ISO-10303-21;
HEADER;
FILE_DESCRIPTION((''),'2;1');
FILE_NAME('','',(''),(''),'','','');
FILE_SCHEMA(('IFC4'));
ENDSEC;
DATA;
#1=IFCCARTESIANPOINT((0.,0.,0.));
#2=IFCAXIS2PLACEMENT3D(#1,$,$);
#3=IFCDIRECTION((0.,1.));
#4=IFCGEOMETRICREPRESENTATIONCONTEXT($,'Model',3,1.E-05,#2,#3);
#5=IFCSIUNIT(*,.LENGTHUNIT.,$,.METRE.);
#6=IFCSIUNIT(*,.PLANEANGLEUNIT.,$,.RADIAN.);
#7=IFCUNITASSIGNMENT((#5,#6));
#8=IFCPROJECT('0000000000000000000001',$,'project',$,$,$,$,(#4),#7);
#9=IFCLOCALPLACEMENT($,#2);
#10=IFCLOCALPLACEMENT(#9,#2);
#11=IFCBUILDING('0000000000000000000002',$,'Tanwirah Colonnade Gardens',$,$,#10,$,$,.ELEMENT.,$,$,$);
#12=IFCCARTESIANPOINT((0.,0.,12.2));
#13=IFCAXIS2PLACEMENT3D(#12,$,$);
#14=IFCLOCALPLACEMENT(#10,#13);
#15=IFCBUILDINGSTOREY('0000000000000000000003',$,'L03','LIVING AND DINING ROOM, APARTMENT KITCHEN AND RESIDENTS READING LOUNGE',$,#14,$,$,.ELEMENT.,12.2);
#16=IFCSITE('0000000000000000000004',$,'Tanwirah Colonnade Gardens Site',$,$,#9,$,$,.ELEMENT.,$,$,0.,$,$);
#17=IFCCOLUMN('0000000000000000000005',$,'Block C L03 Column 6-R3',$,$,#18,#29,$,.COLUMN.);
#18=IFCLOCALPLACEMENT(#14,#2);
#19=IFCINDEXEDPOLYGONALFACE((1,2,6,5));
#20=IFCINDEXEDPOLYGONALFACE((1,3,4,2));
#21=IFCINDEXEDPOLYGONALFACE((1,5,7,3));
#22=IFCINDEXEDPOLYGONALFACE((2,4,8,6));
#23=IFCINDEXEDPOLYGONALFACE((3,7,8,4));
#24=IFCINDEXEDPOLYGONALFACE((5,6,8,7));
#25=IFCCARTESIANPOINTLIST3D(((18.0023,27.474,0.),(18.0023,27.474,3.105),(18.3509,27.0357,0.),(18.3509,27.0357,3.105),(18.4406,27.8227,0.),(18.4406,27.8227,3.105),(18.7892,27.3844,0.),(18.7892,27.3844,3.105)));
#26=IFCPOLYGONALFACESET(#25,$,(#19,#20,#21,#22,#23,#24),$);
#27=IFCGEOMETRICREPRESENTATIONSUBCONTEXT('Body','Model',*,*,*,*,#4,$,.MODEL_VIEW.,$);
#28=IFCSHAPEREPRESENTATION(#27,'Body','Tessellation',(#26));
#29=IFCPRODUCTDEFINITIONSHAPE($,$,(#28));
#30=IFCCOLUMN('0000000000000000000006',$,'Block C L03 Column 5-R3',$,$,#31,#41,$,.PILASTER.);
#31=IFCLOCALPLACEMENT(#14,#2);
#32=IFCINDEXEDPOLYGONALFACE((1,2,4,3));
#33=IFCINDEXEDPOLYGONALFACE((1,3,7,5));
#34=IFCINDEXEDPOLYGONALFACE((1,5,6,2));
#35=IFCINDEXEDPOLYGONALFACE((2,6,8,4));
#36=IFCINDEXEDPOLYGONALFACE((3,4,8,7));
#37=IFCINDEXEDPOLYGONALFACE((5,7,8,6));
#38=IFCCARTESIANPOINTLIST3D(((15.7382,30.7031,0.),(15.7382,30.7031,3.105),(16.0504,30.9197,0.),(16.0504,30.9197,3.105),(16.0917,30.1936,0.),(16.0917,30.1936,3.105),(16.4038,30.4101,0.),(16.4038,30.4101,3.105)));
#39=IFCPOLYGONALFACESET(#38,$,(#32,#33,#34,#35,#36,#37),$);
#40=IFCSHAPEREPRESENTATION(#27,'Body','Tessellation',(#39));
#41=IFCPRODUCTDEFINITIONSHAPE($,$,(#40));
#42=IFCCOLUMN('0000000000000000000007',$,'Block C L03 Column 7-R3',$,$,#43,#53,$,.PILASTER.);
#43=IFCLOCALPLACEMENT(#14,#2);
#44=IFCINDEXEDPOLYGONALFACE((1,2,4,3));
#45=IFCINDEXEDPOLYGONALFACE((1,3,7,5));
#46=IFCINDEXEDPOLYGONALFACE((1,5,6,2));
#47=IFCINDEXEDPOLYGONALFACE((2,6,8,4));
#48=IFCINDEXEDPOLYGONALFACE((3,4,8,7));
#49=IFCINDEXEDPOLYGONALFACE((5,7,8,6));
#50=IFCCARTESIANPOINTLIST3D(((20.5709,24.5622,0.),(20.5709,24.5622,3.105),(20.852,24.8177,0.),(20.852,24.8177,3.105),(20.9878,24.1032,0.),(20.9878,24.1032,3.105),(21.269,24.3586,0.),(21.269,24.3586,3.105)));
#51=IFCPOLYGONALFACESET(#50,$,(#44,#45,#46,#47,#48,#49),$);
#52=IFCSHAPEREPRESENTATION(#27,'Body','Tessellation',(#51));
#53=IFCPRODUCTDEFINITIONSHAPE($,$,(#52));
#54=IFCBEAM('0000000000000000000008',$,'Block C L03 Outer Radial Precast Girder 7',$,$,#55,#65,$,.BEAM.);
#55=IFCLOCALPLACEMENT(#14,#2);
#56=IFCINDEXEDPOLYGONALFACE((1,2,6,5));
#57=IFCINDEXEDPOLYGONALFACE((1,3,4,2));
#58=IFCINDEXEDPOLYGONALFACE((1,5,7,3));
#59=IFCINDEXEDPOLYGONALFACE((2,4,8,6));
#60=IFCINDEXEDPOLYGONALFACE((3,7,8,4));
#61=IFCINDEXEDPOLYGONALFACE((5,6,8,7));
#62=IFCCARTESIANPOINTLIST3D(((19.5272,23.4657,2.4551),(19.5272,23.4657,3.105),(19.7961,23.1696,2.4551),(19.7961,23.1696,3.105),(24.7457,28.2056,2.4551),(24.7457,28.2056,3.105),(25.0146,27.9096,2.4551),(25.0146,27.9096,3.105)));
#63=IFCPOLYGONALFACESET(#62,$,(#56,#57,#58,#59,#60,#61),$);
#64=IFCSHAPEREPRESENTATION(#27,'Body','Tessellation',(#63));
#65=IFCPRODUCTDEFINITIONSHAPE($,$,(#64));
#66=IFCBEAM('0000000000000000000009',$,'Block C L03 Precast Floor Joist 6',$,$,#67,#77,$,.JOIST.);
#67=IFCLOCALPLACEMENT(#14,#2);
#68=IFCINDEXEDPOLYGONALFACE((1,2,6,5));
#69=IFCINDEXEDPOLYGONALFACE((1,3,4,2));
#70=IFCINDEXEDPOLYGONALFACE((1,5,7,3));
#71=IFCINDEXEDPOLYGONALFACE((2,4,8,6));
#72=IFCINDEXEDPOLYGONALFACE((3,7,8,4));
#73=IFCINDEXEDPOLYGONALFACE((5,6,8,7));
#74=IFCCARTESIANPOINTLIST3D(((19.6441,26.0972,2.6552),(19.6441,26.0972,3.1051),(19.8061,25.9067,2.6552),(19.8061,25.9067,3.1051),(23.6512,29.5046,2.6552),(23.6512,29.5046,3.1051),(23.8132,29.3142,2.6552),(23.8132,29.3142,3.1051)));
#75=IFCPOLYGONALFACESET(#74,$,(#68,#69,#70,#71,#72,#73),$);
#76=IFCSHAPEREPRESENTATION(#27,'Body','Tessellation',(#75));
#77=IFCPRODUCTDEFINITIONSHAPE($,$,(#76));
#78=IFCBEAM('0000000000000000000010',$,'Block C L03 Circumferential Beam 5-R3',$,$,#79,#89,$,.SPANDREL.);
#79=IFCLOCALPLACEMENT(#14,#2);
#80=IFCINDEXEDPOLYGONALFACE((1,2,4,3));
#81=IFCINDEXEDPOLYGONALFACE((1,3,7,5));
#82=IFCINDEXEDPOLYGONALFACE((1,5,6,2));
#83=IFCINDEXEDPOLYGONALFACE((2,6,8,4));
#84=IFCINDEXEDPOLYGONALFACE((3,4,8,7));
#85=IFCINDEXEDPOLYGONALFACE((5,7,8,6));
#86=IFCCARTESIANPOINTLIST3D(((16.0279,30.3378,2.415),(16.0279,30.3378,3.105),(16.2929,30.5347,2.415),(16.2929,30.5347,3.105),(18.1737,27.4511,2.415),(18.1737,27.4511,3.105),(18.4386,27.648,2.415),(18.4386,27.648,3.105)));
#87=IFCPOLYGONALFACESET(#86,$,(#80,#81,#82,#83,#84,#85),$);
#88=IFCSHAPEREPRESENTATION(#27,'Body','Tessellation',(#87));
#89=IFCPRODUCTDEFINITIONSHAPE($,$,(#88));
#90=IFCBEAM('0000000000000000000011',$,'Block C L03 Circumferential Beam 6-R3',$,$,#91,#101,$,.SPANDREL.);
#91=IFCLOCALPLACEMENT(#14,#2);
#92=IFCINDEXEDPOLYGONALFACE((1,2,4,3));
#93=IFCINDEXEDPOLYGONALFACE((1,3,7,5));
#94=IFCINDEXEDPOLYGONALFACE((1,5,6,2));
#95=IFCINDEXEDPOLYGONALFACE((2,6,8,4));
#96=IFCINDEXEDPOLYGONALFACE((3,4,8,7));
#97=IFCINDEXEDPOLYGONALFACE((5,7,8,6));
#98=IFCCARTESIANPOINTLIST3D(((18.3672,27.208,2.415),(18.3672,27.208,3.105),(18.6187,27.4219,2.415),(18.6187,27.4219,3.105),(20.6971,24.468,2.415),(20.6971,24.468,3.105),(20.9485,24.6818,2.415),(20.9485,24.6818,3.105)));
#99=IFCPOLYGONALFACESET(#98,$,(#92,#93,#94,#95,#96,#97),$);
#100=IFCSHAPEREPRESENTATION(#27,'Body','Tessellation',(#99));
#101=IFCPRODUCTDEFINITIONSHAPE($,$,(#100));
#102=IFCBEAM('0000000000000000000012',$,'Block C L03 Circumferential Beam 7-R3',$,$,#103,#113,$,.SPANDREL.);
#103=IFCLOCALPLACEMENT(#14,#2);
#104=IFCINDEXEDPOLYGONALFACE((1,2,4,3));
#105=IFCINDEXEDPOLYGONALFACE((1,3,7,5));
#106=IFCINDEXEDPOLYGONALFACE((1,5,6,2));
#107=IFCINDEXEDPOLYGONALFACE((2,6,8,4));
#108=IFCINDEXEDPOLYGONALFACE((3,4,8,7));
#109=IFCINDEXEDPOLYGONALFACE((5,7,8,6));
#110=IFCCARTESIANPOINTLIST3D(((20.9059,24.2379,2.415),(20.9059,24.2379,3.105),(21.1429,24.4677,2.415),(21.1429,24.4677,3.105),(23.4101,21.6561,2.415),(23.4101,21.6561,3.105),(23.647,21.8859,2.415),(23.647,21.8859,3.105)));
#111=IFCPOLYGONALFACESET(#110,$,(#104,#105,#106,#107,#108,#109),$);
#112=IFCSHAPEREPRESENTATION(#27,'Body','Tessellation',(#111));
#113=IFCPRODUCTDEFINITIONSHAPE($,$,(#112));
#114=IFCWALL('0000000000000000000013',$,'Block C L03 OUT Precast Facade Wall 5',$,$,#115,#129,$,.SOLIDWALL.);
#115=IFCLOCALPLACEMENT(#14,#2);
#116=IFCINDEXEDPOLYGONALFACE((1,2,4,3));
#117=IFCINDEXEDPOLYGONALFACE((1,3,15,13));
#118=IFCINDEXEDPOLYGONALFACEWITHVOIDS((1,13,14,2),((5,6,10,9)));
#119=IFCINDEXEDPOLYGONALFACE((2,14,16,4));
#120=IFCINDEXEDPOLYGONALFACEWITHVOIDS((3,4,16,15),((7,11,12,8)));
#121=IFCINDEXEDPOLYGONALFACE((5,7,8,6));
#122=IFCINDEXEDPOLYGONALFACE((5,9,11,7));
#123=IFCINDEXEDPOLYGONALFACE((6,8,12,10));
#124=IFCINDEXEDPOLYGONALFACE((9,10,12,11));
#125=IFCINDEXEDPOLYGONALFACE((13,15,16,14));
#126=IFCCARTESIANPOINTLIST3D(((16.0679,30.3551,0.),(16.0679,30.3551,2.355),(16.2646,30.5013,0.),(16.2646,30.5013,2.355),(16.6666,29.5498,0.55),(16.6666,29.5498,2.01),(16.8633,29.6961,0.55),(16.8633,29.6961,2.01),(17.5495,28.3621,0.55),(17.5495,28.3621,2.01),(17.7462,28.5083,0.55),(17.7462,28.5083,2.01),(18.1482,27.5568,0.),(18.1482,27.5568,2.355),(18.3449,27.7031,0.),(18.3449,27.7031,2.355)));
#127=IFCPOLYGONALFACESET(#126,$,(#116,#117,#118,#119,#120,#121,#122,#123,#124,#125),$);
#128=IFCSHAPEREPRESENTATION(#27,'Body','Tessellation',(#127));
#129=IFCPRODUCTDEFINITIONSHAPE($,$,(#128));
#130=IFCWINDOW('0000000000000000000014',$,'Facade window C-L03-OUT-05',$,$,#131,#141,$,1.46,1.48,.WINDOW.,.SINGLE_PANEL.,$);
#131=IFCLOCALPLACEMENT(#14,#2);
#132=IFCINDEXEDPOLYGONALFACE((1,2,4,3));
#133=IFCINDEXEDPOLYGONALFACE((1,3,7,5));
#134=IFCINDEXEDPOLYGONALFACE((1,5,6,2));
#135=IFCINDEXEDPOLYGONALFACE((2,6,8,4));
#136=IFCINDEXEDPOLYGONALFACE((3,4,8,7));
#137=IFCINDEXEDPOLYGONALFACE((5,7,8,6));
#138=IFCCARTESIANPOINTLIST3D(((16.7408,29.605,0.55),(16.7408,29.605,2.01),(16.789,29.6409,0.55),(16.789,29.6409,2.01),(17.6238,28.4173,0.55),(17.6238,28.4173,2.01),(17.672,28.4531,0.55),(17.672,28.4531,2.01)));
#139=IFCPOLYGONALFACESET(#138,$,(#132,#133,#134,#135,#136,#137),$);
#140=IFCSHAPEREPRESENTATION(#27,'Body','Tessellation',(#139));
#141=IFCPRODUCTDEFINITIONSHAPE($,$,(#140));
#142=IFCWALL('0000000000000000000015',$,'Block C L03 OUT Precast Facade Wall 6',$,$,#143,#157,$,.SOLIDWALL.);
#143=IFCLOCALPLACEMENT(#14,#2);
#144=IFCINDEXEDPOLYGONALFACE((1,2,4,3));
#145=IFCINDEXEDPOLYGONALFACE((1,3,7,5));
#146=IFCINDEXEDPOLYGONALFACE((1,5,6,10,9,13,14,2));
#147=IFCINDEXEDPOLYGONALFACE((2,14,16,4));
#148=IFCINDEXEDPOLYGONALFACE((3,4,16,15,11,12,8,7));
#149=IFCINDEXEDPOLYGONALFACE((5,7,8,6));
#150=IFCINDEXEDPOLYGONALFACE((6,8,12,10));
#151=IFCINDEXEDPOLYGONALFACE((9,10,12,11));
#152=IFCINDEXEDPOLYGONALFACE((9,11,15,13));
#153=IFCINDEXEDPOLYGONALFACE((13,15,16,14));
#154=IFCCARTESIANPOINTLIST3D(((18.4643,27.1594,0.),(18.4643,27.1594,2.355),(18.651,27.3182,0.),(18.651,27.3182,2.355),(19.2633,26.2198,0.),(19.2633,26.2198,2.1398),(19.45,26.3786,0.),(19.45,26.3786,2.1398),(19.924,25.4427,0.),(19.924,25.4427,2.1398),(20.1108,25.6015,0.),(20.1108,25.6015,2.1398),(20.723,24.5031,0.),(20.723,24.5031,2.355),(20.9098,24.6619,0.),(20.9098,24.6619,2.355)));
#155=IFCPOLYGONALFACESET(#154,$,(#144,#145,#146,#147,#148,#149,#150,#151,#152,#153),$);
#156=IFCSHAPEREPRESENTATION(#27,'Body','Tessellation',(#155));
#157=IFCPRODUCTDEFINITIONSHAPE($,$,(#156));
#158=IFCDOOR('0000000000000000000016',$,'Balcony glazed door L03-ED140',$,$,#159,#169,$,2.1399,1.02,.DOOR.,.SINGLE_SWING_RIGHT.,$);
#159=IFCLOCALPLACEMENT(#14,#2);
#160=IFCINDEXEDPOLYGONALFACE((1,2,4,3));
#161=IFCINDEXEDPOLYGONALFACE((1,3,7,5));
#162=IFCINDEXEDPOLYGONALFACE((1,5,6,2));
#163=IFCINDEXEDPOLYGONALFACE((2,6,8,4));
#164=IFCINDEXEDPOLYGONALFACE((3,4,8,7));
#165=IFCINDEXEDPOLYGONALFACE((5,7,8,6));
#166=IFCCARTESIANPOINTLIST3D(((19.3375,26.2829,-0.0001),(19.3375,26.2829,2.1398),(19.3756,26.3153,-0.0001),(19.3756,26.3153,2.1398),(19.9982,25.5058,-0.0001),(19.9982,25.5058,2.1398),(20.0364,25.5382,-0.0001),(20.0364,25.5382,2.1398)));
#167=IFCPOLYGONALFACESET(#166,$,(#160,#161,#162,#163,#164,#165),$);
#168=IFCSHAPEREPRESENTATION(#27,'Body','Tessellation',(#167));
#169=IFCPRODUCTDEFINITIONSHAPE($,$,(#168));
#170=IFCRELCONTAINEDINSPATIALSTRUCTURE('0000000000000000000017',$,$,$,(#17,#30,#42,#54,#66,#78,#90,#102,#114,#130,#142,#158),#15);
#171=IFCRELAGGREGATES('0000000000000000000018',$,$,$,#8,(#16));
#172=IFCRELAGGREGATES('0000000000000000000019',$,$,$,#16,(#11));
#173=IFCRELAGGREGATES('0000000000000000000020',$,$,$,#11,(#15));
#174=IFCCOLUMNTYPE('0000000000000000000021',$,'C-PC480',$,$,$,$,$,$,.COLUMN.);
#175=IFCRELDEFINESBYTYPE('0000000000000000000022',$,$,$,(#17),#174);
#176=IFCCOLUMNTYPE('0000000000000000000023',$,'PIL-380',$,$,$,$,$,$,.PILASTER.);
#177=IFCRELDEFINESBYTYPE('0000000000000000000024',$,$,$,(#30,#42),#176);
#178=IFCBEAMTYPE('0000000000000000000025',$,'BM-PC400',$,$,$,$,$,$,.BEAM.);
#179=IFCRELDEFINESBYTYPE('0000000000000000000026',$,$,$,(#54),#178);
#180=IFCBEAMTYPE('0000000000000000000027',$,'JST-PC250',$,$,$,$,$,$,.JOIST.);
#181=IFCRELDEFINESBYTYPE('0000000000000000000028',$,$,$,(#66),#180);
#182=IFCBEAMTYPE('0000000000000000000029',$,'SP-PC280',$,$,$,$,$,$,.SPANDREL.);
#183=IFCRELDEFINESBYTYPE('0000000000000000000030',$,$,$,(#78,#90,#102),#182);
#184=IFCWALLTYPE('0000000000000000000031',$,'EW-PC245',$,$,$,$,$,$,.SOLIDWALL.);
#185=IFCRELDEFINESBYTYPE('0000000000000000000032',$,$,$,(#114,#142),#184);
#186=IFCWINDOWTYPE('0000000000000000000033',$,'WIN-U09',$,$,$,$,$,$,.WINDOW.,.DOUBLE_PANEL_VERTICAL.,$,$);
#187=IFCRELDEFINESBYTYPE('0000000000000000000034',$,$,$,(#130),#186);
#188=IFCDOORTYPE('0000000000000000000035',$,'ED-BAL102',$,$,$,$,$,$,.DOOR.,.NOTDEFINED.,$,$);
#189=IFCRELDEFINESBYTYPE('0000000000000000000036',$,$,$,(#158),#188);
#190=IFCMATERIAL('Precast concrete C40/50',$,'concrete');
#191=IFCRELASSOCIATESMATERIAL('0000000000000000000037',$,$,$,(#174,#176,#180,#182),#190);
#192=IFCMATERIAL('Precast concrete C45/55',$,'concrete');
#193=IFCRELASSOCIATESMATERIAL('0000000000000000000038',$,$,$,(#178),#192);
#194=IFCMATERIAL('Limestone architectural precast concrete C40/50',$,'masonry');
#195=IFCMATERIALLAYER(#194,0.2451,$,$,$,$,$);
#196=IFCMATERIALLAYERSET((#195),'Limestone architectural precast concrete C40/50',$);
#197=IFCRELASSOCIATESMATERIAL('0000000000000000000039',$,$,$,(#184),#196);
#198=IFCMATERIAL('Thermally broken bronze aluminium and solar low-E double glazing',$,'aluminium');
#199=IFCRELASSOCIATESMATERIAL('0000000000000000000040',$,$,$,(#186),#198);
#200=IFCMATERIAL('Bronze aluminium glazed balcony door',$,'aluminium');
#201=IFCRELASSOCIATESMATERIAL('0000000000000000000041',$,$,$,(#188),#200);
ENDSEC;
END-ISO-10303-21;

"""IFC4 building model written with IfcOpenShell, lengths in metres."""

from ifc_helpers import new_model, si_unit, direction, frame, frame_2d, origin, origin_2d, place, context, subcontext, project, spatial, rectangle, extrude, material, layer, layer_set, material_profile, profile_set, type_object, element, fill, save


model = new_model("IFC4")

# Units and contexts
model_context = context("Model", 3, precision=1e-05, world=origin(), true_north=direction((0.0, 1.0)))
body_context = subcontext(model_context, "Body", "Model", "MODEL_VIEW")
ifc_project = project(units=[si_unit("LENGTHUNIT", "METRE"), si_unit("PLANEANGLEUNIT", "RADIAN")], contexts=[model_context])

# Site, building, storey
site_placement = place(None, origin())
site = spatial("IfcSite", under=ifc_project, at=site_placement, Name="Tanwirah Colonnade Gardens Site", CompositionType="ELEMENT", RefElevation=0.0)
building_placement = place(site_placement, origin())
building = spatial("IfcBuilding", under=site, at=building_placement, Name="Tanwirah Colonnade Gardens", CompositionType="ELEMENT")
storey_placement = place(building_placement, frame((0.0, 0.0, 12.2)))
storey = spatial("IfcBuildingStorey", under=building, at=storey_placement, Name="L03", Description="LIVING AND DINING ROOM, APARTMENT KITCHEN AND RESIDENTS READING LOUNGE", CompositionType="ELEMENT", Elevation=12.2)

# Columns
ifc_material_1 = material(Name="Precast concrete C40/50", Category="concrete")
ifc_material_profile_1 = material_profile(ifc_material_1, rectangle(XDim=0.5601, YDim=0.5601, at=origin_2d()), Name="PC-COL 560x560")
ifc_profile_set_1 = profile_set([ifc_material_profile_1], Name="Precast concrete C40/50")
column_type_1 = type_object("IfcColumnType", Name="C-PC480", PredefinedType="COLUMN", material=ifc_profile_set_1)
column_placement = place(storey_placement, frame((18.3958, 27.4292, 0.0), z_axis=(0.0, 0.0, 1.0), x_axis=(-0.782608, -0.622515, 0.0)))
element("IfcColumn", 1, at=column_placement, inside=storey, type_object=column_type_1, Name="Block C L03 Column 6-R3", PredefinedType="COLUMN", context=body_context, shape_type="SweptSolid", body=[
    extrude(rectangle(XDim=0.5601, YDim=0.5601, at=origin_2d()), origin(), (0.0, 0.0, 1.0), 3.105),
])
ifc_material_profile_2 = material_profile(ifc_material_1, rectangle(XDim=0.3799, YDim=0.6201, at=origin_2d()), Name="PC-PIL 380x620")
ifc_profile_set_2 = profile_set([ifc_material_profile_2], Name="Precast concrete C40/50")
column_type_2 = type_object("IfcColumnType", Name="PIL-380", PredefinedType="PILASTER", material=ifc_profile_set_2)
for number, where, z_axis, x_axis, name in (
    (2, (16.071, 30.5566, 0.0), (0.0, 0.0, 1.0), (-0.821647, -0.569997, 0.0), "Block C L03 Column 5-R3"),
    (3, (20.9199, 24.4604, 0.0), (0.0, 0.0, 1.0), (-0.740218, -0.672367, 0.0), "Block C L03 Column 7-R3"),
):
    element("IfcColumn", number, at=place(storey_placement, frame(where, z_axis=z_axis, x_axis=x_axis)), inside=storey, type_object=column_type_2, Name=name, PredefinedType="PILASTER", context=body_context, shape_type="SweptSolid", body=[
        extrude(rectangle(XDim=0.3799, YDim=0.6201, at=origin_2d()), origin(), (0.0, 0.0, 1.0), 3.105),
    ])

# Beams
ifc_material_2 = material(Name="Precast concrete C45/55", Category="concrete")
ifc_material_profile_3 = material_profile(ifc_material_2, rectangle(XDim=0.3999, YDim=0.6499, at=origin_2d()), Name="PC-BM 400x650")
ifc_profile_set_3 = profile_set([ifc_material_profile_3], Name="Precast concrete C45/55")
beam_type_1 = type_object("IfcBeamType", Name="BM-PC400", PredefinedType="BEAM", material=ifc_profile_set_3)
beam_1_placement = place(storey_placement, frame((24.8801, 28.0576, 2.78), z_axis=(-0.74023, -0.672354, 0.0), x_axis=(0.672354, -0.74023, 0.0)))
element("IfcBeam", 4, at=beam_1_placement, inside=storey, type_object=beam_type_1, Name="Block C L03 Outer Radial Precast Girder 7", PredefinedType="BEAM", context=body_context, shape_type="SweptSolid", body=[
    extrude(rectangle(XDim=0.3999, YDim=0.6499, at=origin_2d()), origin(), (0.0, 0.0, 1.0), 7.0498),
])
ifc_material_profile_4 = material_profile(ifc_material_1, rectangle(XDim=0.25, YDim=0.45, at=origin_2d()), Name="PC-JST 250x450")
ifc_profile_set_4 = profile_set([ifc_material_profile_4], Name="Precast concrete C40/50")
beam_type_2 = type_object("IfcBeamType", Name="JST-PC250", PredefinedType="JOIST", material=ifc_profile_set_4)
beam_2_placement = place(storey_placement, frame((23.7322, 29.4094, 2.8801), z_axis=(-0.761803, -0.647809, 0.0), x_axis=(0.647809, -0.761803, 0.0)))
element("IfcBeam", 5, at=beam_2_placement, inside=storey, type_object=beam_type_2, Name="Block C L03 Precast Floor Joist 6", PredefinedType="JOIST", context=body_context, shape_type="SweptSolid", body=[
    extrude(rectangle(XDim=0.25, YDim=0.45, at=origin_2d()), origin(), (0.0, 0.0, 1.0), 5.26),
])
ifc_material_profile_5 = material_profile(ifc_material_1, rectangle(XDim=0.3301, YDim=0.6899, at=origin_2d()), Name="PC-SP 330x690")
ifc_profile_set_5 = profile_set([ifc_material_profile_5], Name="Precast concrete C40/50")
beam_type_3 = type_object("IfcBeamType", Name="SP-PC280", PredefinedType="SPANDREL", material=ifc_profile_set_5)
beam_3_placement = place(storey_placement, frame((16.1604, 30.4363, 2.76), z_axis=(0.596563, -0.802566, 0.0), x_axis=(0.802566, 0.596563, 0.0)))
element("IfcBeam", 6, at=beam_3_placement, inside=storey, type_object=beam_type_3, Name="Block C L03 Circumferential Beam 5-R3", PredefinedType="SPANDREL", context=body_context, shape_type="SweptSolid", body=[
    extrude(rectangle(XDim=0.3301, YDim=0.6899, at=origin_2d()), origin(), (0.0, 0.0, 1.0), 3.5969),
])
for number, where, z_axis, x_axis, name in (
    (7, (18.4929, 27.3149, 2.76), (0.647784, -0.761824, 0.0), (0.761824, 0.647784, 0.0), "Block C L03 Circumferential Beam 6-R3"),
    (8, (21.0244, 24.3528, 2.76), (0.696232, -0.717817, 0.0), (0.717817, 0.696232, 0.0), "Block C L03 Circumferential Beam 7-R3"),
):
    element("IfcBeam", number, at=place(storey_placement, frame(where, z_axis=z_axis, x_axis=x_axis)), inside=storey, type_object=beam_type_3, Name=name, PredefinedType="SPANDREL", context=body_context, shape_type="SweptSolid", body=[
        extrude(rectangle(XDim=0.3301, YDim=0.6899, at=origin_2d()), origin(), (0.0, 0.0, 1.0), 3.5967),
    ])

# Wall, opening, window
ifc_material_3 = material(Name="Limestone architectural precast concrete C40/50", Category="masonry")
ifc_layer_1 = layer(ifc_material_3, 0.2451)
ifc_layer_set_1 = layer_set([ifc_layer_1], Name="Limestone architectural precast concrete C40/50")
wall_type_1 = type_object("IfcWallType", Name="EW-PC245", PredefinedType="SOLIDWALL", material=ifc_layer_set_1)
wall_1_placement = place(storey_placement, frame((16.1663, 30.4282, 0.0), z_axis=(0.0, 0.0, 1.0), x_axis=(0.596611, -0.80253, 0.0)))
wall_1 = element("IfcWall", 9, at=wall_1_placement, inside=storey, type_object=wall_type_1, Name="Block C L03 OUT Precast Facade Wall 5", PredefinedType="SOLIDWALL", context=body_context, shape_type="SweptSolid", body=[
    extrude(rectangle(XDim=3.4868, YDim=0.2451, at=frame_2d((1.7434, 0.0))), origin(), (0.0, 0.0, 1.0), 2.355),
])
opening_1_placement = place(wall_1_placement, frame((1.0034, 0.0, 0.55)))
opening_1 = element("IfcOpeningElement", 10, at=opening_1_placement, cuts=wall_1, PredefinedType="OPENING", context=body_context, shape_type="SweptSolid", body=[
    extrude(rectangle(XDim=1.48, YDim=1.46, at=frame_2d((0.74, 0.73))), frame((0.0, 0.1326, 0.0), z_axis=(0.0, -1.0, 0.0), x_axis=(1.0, 0.0, 0.0)), (0.0, 0.0, 1.0), 0.2651),
])
ifc_material_4 = material(Name="Thermally broken bronze aluminium and solar low-E double glazing", Category="aluminium")
window_type_1 = type_object("IfcWindowType", Name="WIN-U09", PartitioningType="DOUBLE_PANEL_VERTICAL", PredefinedType="WINDOW", material=ifc_material_4)
window_1_placement = place(opening_1_placement, origin())
window_1 = element("IfcWindow", 11, at=window_1_placement, inside=storey, type_object=window_type_1, Name="Facade window C-L03-OUT-05", OverallHeight=1.46, OverallWidth=1.48, PartitioningType="SINGLE_PANEL", PredefinedType="WINDOW", context=body_context, shape_type="SweptSolid", body=[
    extrude(rectangle(XDim=1.48, YDim=1.46, at=frame_2d((0.74, 0.73))), frame((0.0, 0.03, 0.0), z_axis=(0.0, -1.0, 0.0), x_axis=(1.0, 0.0, 0.0)), (0.0, 0.0, 1.0), 0.0601),
])
fill(opening_1, window_1)

# Wall, opening, door
wall_2_placement = place(storey_placement, frame((18.5576, 27.2388, 0.0), z_axis=(0.0, 0.0, 1.0), x_axis=(0.647811, -0.761801, 0.0)))
wall_2 = element("IfcWall", 12, at=wall_2_placement, inside=storey, type_object=wall_type_1, Name="Block C L03 OUT Precast Facade Wall 6", PredefinedType="SOLIDWALL", context=body_context, shape_type="SweptSolid", body=[
    extrude(rectangle(XDim=3.4868, YDim=0.2451, at=frame_2d((1.7434, 0.0))), origin(), (0.0, 0.0, 1.0), 2.355),
])
opening_2_placement = place(wall_2_placement, frame((1.2334, 0.0, 0.0)))
opening_2 = element("IfcOpeningElement", 13, at=opening_2_placement, cuts=wall_2, PredefinedType="OPENING", context=body_context, shape_type="SweptSolid", body=[
    extrude(rectangle(XDim=1.02, YDim=2.1399, at=frame_2d((0.51, 1.0698))), frame((0.0, 0.1326, 0.0), z_axis=(0.0, -1.0, 0.0), x_axis=(1.0, 0.0, 0.0)), (0.0, 0.0, 1.0), 0.2651),
])
ifc_material_5 = material(Name="Bronze aluminium glazed balcony door", Category="aluminium")
door_type_1 = type_object("IfcDoorType", Name="ED-BAL102", OperationType="NOTDEFINED", PredefinedType="DOOR", material=ifc_material_5)
door_1_placement = place(opening_2_placement, origin())
door_1 = element("IfcDoor", 14, at=door_1_placement, inside=storey, type_object=door_type_1, Name="Balcony glazed door L03-ED140", OperationType="SINGLE_SWING_RIGHT", OverallHeight=2.1399, OverallWidth=1.02, PredefinedType="DOOR", context=body_context, shape_type="SweptSolid", body=[
    extrude(rectangle(XDim=1.02, YDim=2.1399, at=frame_2d((0.51, 1.0698))), frame((0.0, 0.0249, 0.0), z_axis=(0.0, -1.0, 0.0), x_axis=(1.0, 0.0, 0.0)), (0.0, 0.0, 1.0), 0.05),
])
fill(opening_2, door_1)

save(model, "model.ifc")
